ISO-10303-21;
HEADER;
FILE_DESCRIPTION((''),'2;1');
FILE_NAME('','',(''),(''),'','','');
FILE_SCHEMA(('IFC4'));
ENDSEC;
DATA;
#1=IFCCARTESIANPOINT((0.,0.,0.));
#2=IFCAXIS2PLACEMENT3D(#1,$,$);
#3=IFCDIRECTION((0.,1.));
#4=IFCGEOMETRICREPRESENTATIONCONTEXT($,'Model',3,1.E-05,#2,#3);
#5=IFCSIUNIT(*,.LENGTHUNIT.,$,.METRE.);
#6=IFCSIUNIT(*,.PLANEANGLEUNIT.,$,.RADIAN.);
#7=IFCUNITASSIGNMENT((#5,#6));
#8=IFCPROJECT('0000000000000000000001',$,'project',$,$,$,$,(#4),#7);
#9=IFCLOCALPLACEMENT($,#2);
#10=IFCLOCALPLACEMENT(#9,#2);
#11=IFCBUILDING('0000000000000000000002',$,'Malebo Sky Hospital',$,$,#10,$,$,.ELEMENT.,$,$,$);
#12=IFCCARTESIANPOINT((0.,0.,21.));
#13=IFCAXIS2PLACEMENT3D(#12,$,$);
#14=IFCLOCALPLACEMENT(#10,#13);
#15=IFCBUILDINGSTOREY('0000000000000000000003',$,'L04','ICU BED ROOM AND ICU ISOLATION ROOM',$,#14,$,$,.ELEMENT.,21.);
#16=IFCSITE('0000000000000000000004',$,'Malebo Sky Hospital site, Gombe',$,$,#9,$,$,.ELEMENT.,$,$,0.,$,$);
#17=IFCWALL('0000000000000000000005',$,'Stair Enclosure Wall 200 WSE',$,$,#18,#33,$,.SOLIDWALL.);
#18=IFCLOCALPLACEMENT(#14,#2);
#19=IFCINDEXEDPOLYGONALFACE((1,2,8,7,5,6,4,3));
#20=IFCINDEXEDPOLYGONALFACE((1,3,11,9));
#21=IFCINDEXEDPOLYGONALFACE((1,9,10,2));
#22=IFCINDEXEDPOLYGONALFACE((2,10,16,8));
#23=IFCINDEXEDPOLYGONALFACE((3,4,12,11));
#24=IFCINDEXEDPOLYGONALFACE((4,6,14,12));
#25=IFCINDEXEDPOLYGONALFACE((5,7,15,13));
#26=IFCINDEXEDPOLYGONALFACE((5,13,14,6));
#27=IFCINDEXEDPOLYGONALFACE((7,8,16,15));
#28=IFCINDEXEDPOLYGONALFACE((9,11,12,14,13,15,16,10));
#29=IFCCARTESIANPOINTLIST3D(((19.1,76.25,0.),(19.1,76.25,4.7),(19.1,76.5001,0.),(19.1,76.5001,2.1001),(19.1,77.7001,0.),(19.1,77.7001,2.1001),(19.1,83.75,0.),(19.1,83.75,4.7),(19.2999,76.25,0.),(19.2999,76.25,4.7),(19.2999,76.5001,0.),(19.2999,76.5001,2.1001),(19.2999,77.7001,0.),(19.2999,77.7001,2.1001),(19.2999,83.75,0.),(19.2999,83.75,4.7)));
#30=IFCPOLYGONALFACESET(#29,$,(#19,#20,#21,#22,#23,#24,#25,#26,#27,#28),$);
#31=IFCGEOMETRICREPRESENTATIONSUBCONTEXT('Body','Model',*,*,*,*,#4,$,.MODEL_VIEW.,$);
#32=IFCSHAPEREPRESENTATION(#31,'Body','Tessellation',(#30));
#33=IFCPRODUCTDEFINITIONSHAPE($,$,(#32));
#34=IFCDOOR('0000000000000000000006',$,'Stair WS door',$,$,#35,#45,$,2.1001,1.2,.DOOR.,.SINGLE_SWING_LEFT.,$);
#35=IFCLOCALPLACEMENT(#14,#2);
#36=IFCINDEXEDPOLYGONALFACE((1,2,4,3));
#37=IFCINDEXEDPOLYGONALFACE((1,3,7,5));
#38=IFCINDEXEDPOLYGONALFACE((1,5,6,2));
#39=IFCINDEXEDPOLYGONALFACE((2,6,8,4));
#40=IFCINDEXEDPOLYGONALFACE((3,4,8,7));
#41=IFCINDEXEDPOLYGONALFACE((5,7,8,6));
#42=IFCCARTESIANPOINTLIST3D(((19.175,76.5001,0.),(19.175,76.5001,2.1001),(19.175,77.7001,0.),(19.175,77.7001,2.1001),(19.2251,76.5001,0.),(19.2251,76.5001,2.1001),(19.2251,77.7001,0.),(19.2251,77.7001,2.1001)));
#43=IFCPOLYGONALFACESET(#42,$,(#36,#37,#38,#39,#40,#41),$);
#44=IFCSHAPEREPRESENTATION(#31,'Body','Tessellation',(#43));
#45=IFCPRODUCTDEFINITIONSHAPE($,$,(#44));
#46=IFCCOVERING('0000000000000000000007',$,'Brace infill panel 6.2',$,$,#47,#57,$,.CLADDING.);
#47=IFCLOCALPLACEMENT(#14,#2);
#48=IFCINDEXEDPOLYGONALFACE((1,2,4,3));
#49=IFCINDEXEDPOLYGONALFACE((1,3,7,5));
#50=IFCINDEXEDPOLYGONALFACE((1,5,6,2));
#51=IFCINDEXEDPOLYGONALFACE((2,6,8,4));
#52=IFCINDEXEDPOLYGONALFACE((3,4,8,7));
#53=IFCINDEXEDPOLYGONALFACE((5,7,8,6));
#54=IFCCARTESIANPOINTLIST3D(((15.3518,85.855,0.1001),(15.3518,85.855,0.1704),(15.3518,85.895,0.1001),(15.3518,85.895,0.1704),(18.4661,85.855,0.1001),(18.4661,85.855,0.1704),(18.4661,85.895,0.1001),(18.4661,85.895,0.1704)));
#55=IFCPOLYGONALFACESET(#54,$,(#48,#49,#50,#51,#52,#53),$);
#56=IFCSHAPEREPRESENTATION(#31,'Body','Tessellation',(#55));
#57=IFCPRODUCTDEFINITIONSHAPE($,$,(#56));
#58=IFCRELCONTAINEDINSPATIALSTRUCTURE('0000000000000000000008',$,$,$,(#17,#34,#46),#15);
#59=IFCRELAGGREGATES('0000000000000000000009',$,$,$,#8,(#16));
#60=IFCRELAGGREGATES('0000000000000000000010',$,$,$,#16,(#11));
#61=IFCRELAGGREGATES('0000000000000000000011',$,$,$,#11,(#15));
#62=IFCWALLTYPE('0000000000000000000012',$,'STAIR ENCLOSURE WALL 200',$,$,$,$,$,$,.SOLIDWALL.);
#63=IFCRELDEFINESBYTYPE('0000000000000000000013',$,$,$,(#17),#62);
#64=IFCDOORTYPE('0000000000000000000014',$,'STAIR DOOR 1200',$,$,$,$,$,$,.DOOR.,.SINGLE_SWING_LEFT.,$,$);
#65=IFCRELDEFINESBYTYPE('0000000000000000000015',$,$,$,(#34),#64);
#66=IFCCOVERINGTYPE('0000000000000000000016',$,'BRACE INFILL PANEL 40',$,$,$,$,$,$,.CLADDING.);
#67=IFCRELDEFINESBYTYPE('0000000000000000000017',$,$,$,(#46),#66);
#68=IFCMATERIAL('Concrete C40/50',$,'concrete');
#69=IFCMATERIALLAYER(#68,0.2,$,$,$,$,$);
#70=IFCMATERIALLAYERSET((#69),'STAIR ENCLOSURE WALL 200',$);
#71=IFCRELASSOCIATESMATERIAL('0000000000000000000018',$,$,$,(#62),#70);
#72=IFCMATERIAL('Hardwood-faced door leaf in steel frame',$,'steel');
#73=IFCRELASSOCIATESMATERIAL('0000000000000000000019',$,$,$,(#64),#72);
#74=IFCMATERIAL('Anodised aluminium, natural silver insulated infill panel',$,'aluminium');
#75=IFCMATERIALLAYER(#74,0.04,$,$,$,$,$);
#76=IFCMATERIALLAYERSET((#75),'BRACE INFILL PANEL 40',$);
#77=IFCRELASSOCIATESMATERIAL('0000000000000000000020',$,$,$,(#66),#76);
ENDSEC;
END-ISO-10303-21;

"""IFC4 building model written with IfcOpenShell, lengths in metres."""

from ifc_helpers import new_model, si_unit, direction, frame, frame_2d, origin, place, context, subcontext, project, spatial, polyline, rectangle, outline, extrude, material, layer, layer_set, type_object, element, fill, save


model = new_model("IFC4")

# Units and contexts
model_context = context("Model", 3, precision=1e-05, world=origin(), true_north=direction((0.0, 1.0)))
body_context = subcontext(model_context, "Body", "Model", "MODEL_VIEW")
ifc_project = project(units=[si_unit("LENGTHUNIT", "METRE"), si_unit("PLANEANGLEUNIT", "RADIAN")], contexts=[model_context])

# Site, building, storey
site_placement = place(None, origin())
site = spatial("IfcSite", under=ifc_project, at=site_placement, Name="Malebo Sky Hospital site, Gombe", CompositionType="ELEMENT", RefElevation=0.0)
building_placement = place(site_placement, origin())
building = spatial("IfcBuilding", under=site, at=building_placement, Name="Malebo Sky Hospital", CompositionType="ELEMENT")
storey_placement = place(building_placement, frame((0.0, 0.0, 21.0)))
storey = spatial("IfcBuildingStorey", under=building, at=storey_placement, Name="L04", Description="ICU BED ROOM AND ICU ISOLATION ROOM", CompositionType="ELEMENT", Elevation=21.0)

# Wall, opening, door
ifc_material_1 = material(Name="Concrete C40/50", Category="concrete")
ifc_layer_1 = layer(ifc_material_1, 0.2)
ifc_layer_set_1 = layer_set([ifc_layer_1], Name="STAIR ENCLOSURE WALL 200")
wall_type_1 = type_object("IfcWallType", Name="STAIR ENCLOSURE WALL 200", PredefinedType="SOLIDWALL", material=ifc_layer_set_1)
wall_1_placement = place(storey_placement, frame((19.2, 76.25, 0.0), z_axis=(0.0, 0.0, 1.0), x_axis=(0.0, 1.0, 0.0)))
wall_1 = element("IfcWall", 1, at=wall_1_placement, inside=storey, type_object=wall_type_1, Name="Stair Enclosure Wall 200 WSE", PredefinedType="SOLIDWALL", context=body_context, shape_type="SweptSolid", body=[
    extrude(rectangle(XDim=7.5, YDim=0.2, at=frame_2d((3.75, 0.0))), origin(), (0.0, 0.0, 1.0), 4.7),
])
opening_placement = place(wall_1_placement, frame((0.25, 0.0, 0.0)))
opening = element("IfcOpeningElement", 2, at=opening_placement, cuts=wall_1, PredefinedType="OPENING", context=body_context, shape_type="SweptSolid", body=[
    extrude(rectangle(XDim=1.2, YDim=2.1001, at=frame_2d((0.6001, 1.05))), frame((0.0, 0.1099, 0.0), z_axis=(0.0, -1.0, 0.0), x_axis=(1.0, 0.0, 0.0)), (0.0, 0.0, 1.0), 0.22),
])
ifc_material_2 = material(Name="Hardwood-faced door leaf in steel frame", Category="steel")
door_type = type_object("IfcDoorType", Name="STAIR DOOR 1200", OperationType="SINGLE_SWING_LEFT", PredefinedType="DOOR", material=ifc_material_2)
door_placement = place(opening_placement, origin())
door = element("IfcDoor", 3, at=door_placement, inside=storey, type_object=door_type, Name="Stair WS door", OperationType="SINGLE_SWING_LEFT", OverallHeight=2.1001, OverallWidth=1.2, PredefinedType="DOOR", context=body_context, shape_type="SweptSolid", body=[
    extrude(rectangle(XDim=1.2, YDim=2.1001, at=frame_2d((0.6001, 1.05))), frame((0.0, 0.0249, 0.0), z_axis=(0.0, -1.0, 0.0), x_axis=(1.0, 0.0, 0.0)), (0.0, 0.0, 1.0), 0.05),
])
fill(opening, door)

# Covering
ifc_material_3 = material(Name="Anodised aluminium, natural silver insulated infill panel", Category="aluminium")
ifc_layer_2 = layer(ifc_material_3, 0.04)
ifc_layer_set_2 = layer_set([ifc_layer_2], Name="BRACE INFILL PANEL 40")
covering_type = type_object("IfcCoveringType", Name="BRACE INFILL PANEL 40", PredefinedType="CLADDING", material=ifc_layer_set_2)
covering_placement = place(storey_placement, frame((16.9089, 85.875, 0.1001), z_axis=(0.0, 0.0, 1.0), x_axis=(-1.0, 0.0, 0.0)))
element("IfcCovering", 4, at=covering_placement, inside=storey, type_object=covering_type, Name="Brace infill panel 6.2", PredefinedType="CLADDING", context=body_context, shape_type="SweptSolid", body=[
    extrude(outline(polyline([(-1.5571, 0.0), (1.5571, 0.0), (1.5571, 0.0703), (-1.5571, 0.0703), (-1.5571, 0.0)])), frame((0.0, 0.02, 0.0), z_axis=(0.0, -1.0, 0.0), x_axis=(1.0, 0.0, 0.0)), (0.0, 0.0, 1.0), 0.04),
])

save(model, "model.ifc")
